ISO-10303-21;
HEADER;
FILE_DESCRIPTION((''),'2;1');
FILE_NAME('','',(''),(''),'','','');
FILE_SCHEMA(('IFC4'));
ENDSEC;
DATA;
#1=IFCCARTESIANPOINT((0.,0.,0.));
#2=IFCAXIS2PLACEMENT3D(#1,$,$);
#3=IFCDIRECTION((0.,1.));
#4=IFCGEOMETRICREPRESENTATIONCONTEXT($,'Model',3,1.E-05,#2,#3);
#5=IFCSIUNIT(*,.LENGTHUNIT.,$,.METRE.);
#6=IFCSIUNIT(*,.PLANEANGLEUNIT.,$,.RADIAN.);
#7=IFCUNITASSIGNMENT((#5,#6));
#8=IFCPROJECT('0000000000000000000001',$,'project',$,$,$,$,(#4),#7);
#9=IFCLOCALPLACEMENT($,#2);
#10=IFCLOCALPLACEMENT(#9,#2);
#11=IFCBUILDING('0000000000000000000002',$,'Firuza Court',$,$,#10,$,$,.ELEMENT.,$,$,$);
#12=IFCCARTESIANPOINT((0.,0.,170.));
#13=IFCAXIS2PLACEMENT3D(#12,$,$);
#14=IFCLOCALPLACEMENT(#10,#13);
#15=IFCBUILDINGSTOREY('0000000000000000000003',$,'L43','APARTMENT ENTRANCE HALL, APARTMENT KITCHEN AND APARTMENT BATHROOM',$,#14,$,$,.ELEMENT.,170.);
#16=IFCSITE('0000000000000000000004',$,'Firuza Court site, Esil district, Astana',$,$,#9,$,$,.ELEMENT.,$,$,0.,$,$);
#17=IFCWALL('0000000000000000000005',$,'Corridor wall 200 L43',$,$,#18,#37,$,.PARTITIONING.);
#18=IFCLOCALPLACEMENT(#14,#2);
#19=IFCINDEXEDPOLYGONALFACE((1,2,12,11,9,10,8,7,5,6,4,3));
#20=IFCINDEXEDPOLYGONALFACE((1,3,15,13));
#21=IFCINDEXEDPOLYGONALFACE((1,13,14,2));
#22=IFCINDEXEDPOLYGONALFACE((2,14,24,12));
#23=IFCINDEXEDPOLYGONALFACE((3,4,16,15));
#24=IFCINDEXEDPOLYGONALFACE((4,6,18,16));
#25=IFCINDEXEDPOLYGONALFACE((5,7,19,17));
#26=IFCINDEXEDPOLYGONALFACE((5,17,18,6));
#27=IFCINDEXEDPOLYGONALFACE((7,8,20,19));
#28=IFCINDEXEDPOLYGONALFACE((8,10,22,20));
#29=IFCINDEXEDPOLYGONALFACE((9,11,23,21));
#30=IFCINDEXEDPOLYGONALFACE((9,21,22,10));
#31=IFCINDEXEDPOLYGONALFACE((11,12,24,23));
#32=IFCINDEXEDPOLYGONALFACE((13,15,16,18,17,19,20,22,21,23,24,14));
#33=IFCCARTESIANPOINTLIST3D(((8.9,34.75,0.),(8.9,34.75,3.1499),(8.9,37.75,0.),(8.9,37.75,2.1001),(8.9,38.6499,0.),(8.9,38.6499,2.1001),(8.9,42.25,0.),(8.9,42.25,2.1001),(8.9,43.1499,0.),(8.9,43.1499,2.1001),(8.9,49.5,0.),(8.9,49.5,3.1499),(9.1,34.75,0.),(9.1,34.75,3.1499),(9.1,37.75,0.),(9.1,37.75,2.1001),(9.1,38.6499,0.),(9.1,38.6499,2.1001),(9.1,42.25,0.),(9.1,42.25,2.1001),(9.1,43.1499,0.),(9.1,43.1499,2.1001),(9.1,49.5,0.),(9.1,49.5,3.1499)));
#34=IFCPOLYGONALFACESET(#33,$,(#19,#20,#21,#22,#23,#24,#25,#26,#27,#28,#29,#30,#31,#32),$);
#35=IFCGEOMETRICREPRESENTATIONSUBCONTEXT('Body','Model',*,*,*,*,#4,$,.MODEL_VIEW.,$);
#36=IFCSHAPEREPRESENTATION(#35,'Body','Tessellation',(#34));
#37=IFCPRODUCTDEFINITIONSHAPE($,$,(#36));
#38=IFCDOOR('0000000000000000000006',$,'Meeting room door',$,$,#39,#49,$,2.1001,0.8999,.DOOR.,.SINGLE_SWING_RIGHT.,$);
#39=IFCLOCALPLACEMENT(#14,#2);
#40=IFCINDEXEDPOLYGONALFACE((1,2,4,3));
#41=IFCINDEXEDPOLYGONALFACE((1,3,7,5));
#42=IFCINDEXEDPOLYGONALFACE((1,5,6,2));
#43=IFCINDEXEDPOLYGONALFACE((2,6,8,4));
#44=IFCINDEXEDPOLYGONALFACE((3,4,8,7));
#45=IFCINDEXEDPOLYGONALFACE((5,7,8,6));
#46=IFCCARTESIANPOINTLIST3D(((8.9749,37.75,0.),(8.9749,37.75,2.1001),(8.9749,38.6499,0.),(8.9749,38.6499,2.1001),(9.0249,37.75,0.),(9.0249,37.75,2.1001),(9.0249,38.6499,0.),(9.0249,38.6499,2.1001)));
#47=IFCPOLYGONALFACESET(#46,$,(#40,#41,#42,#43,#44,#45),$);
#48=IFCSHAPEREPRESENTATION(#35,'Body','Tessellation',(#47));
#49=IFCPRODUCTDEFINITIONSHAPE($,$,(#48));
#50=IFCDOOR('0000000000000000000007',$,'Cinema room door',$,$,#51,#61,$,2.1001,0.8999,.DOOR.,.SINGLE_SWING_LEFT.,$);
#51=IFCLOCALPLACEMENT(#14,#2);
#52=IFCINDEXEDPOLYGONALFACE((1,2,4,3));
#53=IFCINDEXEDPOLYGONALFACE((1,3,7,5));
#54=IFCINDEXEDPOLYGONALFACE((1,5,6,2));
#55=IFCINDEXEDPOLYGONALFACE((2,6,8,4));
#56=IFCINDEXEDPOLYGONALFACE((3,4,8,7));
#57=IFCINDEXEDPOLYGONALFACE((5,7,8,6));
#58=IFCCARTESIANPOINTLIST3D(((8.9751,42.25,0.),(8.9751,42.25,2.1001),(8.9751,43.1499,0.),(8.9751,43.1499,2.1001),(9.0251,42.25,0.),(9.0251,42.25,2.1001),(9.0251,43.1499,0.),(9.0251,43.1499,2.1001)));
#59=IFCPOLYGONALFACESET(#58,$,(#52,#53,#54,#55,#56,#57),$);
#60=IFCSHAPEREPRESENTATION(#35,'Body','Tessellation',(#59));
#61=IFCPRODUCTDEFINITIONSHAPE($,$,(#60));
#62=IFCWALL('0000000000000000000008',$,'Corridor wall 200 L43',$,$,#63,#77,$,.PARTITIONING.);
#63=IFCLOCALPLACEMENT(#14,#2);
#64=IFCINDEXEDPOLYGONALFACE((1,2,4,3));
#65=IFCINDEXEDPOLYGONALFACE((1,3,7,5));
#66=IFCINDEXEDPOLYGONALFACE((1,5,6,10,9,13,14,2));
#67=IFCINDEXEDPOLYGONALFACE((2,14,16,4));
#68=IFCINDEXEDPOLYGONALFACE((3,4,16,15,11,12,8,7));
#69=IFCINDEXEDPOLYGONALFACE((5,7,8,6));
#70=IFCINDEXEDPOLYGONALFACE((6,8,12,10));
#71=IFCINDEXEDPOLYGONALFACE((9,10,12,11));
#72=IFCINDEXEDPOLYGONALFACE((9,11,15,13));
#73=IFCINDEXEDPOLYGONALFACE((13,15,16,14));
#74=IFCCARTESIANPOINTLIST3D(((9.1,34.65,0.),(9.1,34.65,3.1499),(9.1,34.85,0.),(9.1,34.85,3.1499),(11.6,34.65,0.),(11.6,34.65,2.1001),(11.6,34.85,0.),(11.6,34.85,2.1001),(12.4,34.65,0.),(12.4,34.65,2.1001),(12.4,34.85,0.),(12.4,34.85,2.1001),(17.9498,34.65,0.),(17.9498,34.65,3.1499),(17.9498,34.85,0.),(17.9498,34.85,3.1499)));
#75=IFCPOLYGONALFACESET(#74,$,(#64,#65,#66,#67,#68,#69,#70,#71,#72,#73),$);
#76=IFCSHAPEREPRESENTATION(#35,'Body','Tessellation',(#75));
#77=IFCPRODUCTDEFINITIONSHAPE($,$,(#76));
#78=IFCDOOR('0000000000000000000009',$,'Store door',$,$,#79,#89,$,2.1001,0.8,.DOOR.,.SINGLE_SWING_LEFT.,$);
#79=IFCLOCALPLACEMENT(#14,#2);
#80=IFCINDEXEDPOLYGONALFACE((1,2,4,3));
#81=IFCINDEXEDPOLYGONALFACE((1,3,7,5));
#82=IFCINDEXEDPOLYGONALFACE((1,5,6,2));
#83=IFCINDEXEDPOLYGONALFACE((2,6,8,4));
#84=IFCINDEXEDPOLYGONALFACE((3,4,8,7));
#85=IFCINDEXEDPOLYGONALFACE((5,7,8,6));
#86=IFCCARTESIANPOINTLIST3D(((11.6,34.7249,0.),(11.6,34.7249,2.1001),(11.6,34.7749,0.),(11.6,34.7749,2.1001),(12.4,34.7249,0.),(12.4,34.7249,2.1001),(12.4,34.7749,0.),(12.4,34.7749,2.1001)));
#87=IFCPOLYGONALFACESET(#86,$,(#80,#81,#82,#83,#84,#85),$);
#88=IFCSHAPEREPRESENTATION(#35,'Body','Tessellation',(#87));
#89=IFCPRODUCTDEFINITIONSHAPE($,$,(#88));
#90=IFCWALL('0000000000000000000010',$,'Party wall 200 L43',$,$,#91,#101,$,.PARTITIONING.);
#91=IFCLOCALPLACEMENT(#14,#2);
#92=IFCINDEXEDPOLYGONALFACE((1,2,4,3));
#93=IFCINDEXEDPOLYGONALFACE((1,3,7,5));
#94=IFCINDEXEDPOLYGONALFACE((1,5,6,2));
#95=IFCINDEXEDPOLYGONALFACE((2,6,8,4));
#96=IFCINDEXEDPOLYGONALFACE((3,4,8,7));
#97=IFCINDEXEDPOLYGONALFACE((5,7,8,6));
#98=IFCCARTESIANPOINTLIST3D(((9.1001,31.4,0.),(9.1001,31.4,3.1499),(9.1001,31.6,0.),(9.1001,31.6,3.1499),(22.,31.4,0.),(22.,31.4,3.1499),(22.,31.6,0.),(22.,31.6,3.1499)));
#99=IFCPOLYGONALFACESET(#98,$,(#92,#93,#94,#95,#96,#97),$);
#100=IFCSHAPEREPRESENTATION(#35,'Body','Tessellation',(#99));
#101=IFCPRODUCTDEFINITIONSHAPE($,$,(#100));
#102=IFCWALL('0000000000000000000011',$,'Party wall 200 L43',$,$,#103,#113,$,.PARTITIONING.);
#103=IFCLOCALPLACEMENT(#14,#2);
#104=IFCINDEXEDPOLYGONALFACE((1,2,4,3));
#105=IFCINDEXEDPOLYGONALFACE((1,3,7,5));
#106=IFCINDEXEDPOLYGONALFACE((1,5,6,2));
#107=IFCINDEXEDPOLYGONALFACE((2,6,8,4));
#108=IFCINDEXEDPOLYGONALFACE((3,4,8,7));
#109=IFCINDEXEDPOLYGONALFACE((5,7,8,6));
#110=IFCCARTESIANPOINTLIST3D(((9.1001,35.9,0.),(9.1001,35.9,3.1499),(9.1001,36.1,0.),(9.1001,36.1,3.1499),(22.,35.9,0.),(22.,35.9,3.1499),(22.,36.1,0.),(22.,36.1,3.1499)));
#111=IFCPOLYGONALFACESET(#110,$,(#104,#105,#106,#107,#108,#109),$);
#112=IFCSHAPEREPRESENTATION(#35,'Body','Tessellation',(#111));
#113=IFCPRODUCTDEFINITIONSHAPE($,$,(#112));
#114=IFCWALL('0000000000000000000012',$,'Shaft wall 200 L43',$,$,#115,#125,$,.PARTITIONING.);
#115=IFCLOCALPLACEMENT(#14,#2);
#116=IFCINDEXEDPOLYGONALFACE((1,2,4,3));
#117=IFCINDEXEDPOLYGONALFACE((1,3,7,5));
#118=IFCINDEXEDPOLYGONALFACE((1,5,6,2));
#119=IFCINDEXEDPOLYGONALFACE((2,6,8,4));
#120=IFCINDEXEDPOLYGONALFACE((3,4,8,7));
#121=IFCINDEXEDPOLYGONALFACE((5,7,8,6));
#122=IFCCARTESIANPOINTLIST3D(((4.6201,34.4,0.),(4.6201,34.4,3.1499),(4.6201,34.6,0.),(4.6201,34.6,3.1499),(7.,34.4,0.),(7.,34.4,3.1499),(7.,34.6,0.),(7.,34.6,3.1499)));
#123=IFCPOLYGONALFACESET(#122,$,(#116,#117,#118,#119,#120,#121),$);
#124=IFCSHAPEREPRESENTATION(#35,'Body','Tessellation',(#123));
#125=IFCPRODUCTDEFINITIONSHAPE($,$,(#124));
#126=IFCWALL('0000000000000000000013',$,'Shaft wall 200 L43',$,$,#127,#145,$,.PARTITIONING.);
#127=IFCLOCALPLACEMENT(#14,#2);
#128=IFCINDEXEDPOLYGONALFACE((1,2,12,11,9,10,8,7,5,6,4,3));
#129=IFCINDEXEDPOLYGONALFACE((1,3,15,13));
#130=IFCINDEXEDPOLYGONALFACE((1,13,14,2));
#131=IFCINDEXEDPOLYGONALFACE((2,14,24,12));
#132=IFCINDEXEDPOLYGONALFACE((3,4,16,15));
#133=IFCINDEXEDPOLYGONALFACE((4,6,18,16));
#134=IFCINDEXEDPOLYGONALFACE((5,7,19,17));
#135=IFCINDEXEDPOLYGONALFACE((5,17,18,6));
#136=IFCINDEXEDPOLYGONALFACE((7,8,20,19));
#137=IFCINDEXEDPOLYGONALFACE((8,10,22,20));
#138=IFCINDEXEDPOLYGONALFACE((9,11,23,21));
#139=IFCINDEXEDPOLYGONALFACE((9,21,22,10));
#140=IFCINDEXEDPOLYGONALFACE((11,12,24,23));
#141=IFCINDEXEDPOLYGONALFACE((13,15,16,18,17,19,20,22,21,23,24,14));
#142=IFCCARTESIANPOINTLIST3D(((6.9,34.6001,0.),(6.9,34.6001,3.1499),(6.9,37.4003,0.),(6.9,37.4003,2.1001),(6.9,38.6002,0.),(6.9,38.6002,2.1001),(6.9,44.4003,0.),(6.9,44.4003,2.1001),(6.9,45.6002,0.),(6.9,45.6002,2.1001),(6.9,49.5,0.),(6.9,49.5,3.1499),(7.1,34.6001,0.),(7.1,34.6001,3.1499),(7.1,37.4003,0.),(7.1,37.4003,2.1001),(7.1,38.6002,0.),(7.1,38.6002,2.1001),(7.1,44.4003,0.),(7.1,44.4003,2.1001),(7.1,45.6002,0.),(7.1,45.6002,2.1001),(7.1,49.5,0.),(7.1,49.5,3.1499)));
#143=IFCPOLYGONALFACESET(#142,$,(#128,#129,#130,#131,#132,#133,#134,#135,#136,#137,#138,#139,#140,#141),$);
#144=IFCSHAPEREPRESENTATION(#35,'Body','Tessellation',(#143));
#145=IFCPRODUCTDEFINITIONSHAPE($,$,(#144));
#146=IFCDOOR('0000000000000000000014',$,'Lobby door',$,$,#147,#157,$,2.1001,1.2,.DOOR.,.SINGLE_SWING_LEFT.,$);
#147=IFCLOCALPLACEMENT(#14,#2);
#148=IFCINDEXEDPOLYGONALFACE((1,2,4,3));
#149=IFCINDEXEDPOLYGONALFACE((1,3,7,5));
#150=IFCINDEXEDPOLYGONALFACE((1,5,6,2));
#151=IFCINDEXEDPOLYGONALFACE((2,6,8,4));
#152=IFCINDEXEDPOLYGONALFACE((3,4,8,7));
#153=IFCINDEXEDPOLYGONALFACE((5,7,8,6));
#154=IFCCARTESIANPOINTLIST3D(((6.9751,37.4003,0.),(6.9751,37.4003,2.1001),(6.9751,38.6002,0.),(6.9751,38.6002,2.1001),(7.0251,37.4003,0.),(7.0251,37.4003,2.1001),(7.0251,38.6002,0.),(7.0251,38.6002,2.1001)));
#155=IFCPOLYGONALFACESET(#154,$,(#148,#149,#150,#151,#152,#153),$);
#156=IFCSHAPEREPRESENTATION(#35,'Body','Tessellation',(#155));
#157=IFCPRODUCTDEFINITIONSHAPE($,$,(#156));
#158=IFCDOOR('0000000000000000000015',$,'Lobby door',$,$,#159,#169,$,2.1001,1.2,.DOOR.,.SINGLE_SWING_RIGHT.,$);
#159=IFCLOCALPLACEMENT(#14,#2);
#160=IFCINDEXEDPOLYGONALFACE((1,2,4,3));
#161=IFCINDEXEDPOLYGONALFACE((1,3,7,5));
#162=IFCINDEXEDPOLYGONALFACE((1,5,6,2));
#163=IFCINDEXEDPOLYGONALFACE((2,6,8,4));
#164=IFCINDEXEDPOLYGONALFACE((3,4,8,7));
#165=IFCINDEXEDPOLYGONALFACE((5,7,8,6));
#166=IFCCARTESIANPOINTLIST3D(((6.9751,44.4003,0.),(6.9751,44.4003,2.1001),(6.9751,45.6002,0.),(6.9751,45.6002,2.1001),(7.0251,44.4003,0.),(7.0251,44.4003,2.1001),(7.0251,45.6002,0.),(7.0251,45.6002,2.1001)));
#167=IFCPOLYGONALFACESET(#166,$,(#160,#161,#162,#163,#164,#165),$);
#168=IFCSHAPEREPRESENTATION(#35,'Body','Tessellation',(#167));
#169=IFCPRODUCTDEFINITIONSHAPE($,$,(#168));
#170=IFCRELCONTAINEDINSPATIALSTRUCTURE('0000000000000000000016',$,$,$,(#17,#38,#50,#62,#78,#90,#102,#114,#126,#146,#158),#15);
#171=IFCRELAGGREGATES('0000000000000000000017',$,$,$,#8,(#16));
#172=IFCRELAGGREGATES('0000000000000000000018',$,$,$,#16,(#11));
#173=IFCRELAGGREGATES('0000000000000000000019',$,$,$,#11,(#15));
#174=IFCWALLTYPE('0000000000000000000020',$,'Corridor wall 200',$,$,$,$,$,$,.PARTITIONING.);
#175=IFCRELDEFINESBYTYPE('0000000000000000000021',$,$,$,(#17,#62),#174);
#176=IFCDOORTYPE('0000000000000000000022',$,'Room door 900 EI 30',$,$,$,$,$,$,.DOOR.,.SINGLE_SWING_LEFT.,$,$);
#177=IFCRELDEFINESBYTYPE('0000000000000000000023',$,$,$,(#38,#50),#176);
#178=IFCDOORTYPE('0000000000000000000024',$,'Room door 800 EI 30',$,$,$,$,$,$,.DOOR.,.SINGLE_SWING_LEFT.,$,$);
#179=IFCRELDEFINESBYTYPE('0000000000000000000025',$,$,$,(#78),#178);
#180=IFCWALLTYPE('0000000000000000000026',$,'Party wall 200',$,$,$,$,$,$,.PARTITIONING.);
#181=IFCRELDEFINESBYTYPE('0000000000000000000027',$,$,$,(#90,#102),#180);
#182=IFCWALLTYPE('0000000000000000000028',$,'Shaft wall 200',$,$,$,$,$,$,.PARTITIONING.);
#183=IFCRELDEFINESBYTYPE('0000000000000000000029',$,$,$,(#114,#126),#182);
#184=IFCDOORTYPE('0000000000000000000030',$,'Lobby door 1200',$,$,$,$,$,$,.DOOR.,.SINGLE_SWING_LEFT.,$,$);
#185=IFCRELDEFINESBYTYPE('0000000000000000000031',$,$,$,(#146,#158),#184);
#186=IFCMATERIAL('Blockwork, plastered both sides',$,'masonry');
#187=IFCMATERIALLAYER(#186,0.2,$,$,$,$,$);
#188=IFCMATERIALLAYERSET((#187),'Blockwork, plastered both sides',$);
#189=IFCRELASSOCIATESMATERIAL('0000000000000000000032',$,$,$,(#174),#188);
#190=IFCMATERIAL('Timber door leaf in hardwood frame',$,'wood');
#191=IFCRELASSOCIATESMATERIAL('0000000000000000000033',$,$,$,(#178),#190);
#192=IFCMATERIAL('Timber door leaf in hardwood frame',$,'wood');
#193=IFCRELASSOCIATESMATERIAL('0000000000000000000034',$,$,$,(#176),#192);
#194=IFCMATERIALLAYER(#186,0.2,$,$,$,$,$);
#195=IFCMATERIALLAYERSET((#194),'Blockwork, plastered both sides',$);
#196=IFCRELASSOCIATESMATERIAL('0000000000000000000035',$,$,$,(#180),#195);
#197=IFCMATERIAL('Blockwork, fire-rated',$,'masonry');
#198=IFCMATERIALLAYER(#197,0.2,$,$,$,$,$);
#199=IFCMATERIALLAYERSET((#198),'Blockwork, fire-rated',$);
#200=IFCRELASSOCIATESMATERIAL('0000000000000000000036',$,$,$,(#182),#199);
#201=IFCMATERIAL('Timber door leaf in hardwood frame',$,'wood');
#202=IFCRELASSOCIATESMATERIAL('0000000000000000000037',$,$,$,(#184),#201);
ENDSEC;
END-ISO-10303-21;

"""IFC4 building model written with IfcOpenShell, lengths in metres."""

from ifc_helpers import new_model, si_unit, direction, frame, frame_2d, origin, place, context, subcontext, project, spatial, rectangle, extrude, material, layer, layer_set, type_object, element, fill, save


model = new_model("IFC4")

# Units and contexts
model_context = context("Model", 3, precision=1e-05, world=origin(), true_north=direction((0.0, 1.0)))
body_context = subcontext(model_context, "Body", "Model", "MODEL_VIEW")
ifc_project = project(units=[si_unit("LENGTHUNIT", "METRE"), si_unit("PLANEANGLEUNIT", "RADIAN")], contexts=[model_context])

# Site, building, storey
site_placement = place(None, origin())
site = spatial("IfcSite", under=ifc_project, at=site_placement, Name="Firuza Court site, Esil district, Astana", CompositionType="ELEMENT", RefElevation=0.0)
building_placement = place(site_placement, origin())
building = spatial("IfcBuilding", under=site, at=building_placement, Name="Firuza Court", CompositionType="ELEMENT")
storey_placement = place(building_placement, frame((0.0, 0.0, 170.0)))
storey = spatial("IfcBuildingStorey", under=building, at=storey_placement, Name="L43", Description="APARTMENT ENTRANCE HALL, APARTMENT KITCHEN AND APARTMENT BATHROOM", CompositionType="ELEMENT", Elevation=170.0)

# Shared definitions
ifc_material_1 = material(Name="Blockwork, plastered both sides", Category="masonry")
ifc_layer_1 = layer(ifc_material_1, 0.2)
ifc_layer_set_1 = layer_set([ifc_layer_1], Name="Blockwork, plastered both sides")
wall_type_1 = type_object("IfcWallType", Name="Corridor wall 200", PredefinedType="PARTITIONING", material=ifc_layer_set_1)
ifc_material_2 = material(Name="Timber door leaf in hardwood frame", Category="wood")
door_type_1 = type_object("IfcDoorType", Name="Room door 800 EI 30", OperationType="SINGLE_SWING_LEFT", PredefinedType="DOOR", material=ifc_material_2)

# Wall, openings, doors
wall_1_placement = place(storey_placement, frame((9.0, 34.75, 0.0), z_axis=(0.0, 0.0, 1.0), x_axis=(0.0, 1.0, 0.0)))
wall_1 = element("IfcWall", 1, at=wall_1_placement, inside=storey, type_object=wall_type_1, Name="Corridor wall 200 L43", PredefinedType="PARTITIONING", context=body_context, shape_type="SweptSolid", body=[
    extrude(rectangle(XDim=14.75, YDim=0.2, at=frame_2d((7.375, 0.0))), origin(), (0.0, 0.0, 1.0), 3.1499),
])
opening_1_placement = place(wall_1_placement, frame((3.0, 0.0, 0.0)))
opening_1 = element("IfcOpeningElement", 2, at=opening_1_placement, cuts=wall_1, PredefinedType="OPENING", context=body_context, shape_type="SweptSolid", body=[
    extrude(rectangle(XDim=0.8999, YDim=2.1001, at=frame_2d((0.45, 1.05))), frame((0.0, 0.1118, 0.0), z_axis=(0.0, -1.0, 0.0), x_axis=(1.0, 0.0, 0.0)), (0.0, 0.0, 1.0), 0.2239),
])
opening_2_placement = place(wall_1_placement, frame((7.5, 0.0, 0.0)))
opening_2 = element("IfcOpeningElement", 3, at=opening_2_placement, cuts=wall_1, PredefinedType="OPENING", context=body_context, shape_type="SweptSolid", body=[
    extrude(rectangle(XDim=0.8999, YDim=2.1001, at=frame_2d((0.45, 1.05))), frame((0.0, 0.1118, 0.0), z_axis=(0.0, -1.0, 0.0), x_axis=(1.0, 0.0, 0.0)), (0.0, 0.0, 1.0), 0.2239),
])
ifc_material_3 = material(Name="Timber door leaf in hardwood frame", Category="wood")
door_type_2 = type_object("IfcDoorType", Name="Room door 900 EI 30", OperationType="SINGLE_SWING_LEFT", PredefinedType="DOOR", material=ifc_material_3)
door_1_placement = place(opening_1_placement, frame((0.8999, 0.0, 0.0), z_axis=(0.0, 0.0, 1.0), x_axis=(-1.0, 0.0, 0.0)))
door_1 = element("IfcDoor", 4, at=door_1_placement, inside=storey, type_object=door_type_2, Name="Meeting room door", OperationType="SINGLE_SWING_RIGHT", OverallHeight=2.1001, OverallWidth=0.8999, PredefinedType="DOOR", context=body_context, shape_type="SweptSolid", body=[
    extrude(rectangle(XDim=0.8999, YDim=2.1001, at=frame_2d((0.45, 1.05))), frame((0.0, 0.0249, 0.0), z_axis=(0.0, -1.0, 0.0), x_axis=(1.0, 0.0, 0.0)), (0.0, 0.0, 1.0), 0.05),
])
fill(opening_1, door_1)
door_2_placement = place(opening_2_placement, origin())
door_2 = element("IfcDoor", 5, at=door_2_placement, inside=storey, type_object=door_type_2, Name="Cinema room door", OperationType="SINGLE_SWING_LEFT", OverallHeight=2.1001, OverallWidth=0.8999, PredefinedType="DOOR", context=body_context, shape_type="SweptSolid", body=[
    extrude(rectangle(XDim=0.8999, YDim=2.1001, at=frame_2d((0.45, 1.05))), frame((0.0, 0.0249, 0.0), z_axis=(0.0, -1.0, 0.0), x_axis=(1.0, 0.0, 0.0)), (0.0, 0.0, 1.0), 0.05),
])
fill(opening_2, door_2)

# Wall, opening, door
wall_2_placement = place(storey_placement, frame((9.1001, 34.75, 0.0), z_axis=(0.0, 0.0, 1.0), x_axis=(1.0, 0.0, 0.0)))
wall_2 = element("IfcWall", 6, at=wall_2_placement, inside=storey, type_object=wall_type_1, Name="Corridor wall 200 L43", PredefinedType="PARTITIONING", context=body_context, shape_type="SweptSolid", body=[
    extrude(rectangle(XDim=8.8499, YDim=0.2, at=frame_2d((4.4248, 0.0))), origin(), (0.0, 0.0, 1.0), 3.1499),
])
opening_3_placement = place(wall_2_placement, frame((2.5, 0.0, 0.0)))
opening_3 = element("IfcOpeningElement", 7, at=opening_3_placement, cuts=wall_2, PredefinedType="OPENING", context=body_context, shape_type="SweptSolid", body=[
    extrude(rectangle(XDim=0.8, YDim=2.1001, at=frame_2d((0.3999, 1.05))), frame((0.0, 0.1118, 0.0), z_axis=(0.0, -1.0, 0.0), x_axis=(1.0, 0.0, 0.0)), (0.0, 0.0, 1.0), 0.2239),
])
door_3_placement = place(opening_3_placement, origin())
door_3 = element("IfcDoor", 8, at=door_3_placement, inside=storey, type_object=door_type_1, Name="Store door", OperationType="SINGLE_SWING_LEFT", OverallHeight=2.1001, OverallWidth=0.8, PredefinedType="DOOR", context=body_context, shape_type="SweptSolid", body=[
    extrude(rectangle(XDim=0.8, YDim=2.1001, at=frame_2d((0.3999, 1.05))), frame((0.0, 0.0249, 0.0), z_axis=(0.0, -1.0, 0.0), x_axis=(1.0, 0.0, 0.0)), (0.0, 0.0, 1.0), 0.05),
])
fill(opening_3, door_3)

# Walls
ifc_layer_2 = layer(ifc_material_1, 0.2)
ifc_layer_set_2 = layer_set([ifc_layer_2], Name="Blockwork, plastered both sides")
wall_type_2 = type_object("IfcWallType", Name="Party wall 200", PredefinedType="PARTITIONING", material=ifc_layer_set_2)
for number, where, z_axis, x_axis, name in (
    (9, (9.1001, 31.5, 0.0), (0.0, 0.0, 1.0), (1.0, 0.0, 0.0), "Party wall 200 L43"),
    (10, (9.1001, 36.0, 0.0), (0.0, 0.0, 1.0), (1.0, 0.0, 0.0), "Party wall 200 L43"),
):
    element("IfcWall", number, at=place(storey_placement, frame(where, z_axis=z_axis, x_axis=x_axis)), inside=storey, type_object=wall_type_2, Name=name, PredefinedType="PARTITIONING", context=body_context, shape_type="SweptSolid", body=[
        extrude(rectangle(XDim=12.8999, YDim=0.2, at=frame_2d((6.45, 0.0))), origin(), (0.0, 0.0, 1.0), 3.1499),
    ])
ifc_material_4 = material(Name="Blockwork, fire-rated", Category="masonry")
ifc_layer_3 = layer(ifc_material_4, 0.2)
ifc_layer_set_3 = layer_set([ifc_layer_3], Name="Blockwork, fire-rated")
wall_type_3 = type_object("IfcWallType", Name="Shaft wall 200", PredefinedType="PARTITIONING", material=ifc_layer_set_3)
wall_3_placement = place(storey_placement, frame((4.6201, 34.5, 0.0), z_axis=(0.0, 0.0, 1.0), x_axis=(1.0, 0.0, 0.0)))
element("IfcWall", 11, at=wall_3_placement, inside=storey, type_object=wall_type_3, Name="Shaft wall 200 L43", PredefinedType="PARTITIONING", context=body_context, shape_type="SweptSolid", body=[
    extrude(rectangle(XDim=2.3799, YDim=0.2, at=frame_2d((1.1899, 0.0))), origin(), (0.0, 0.0, 1.0), 3.1499),
])

# Wall, openings, doors
wall_4_placement = place(storey_placement, frame((7.0, 34.6001, 0.0), z_axis=(0.0, 0.0, 1.0), x_axis=(0.0, 1.0, 0.0)))
wall_4 = element("IfcWall", 12, at=wall_4_placement, inside=storey, type_object=wall_type_3, Name="Shaft wall 200 L43", PredefinedType="PARTITIONING", context=body_context, shape_type="SweptSolid", body=[
    extrude(rectangle(XDim=14.8999, YDim=0.2, at=frame_2d((7.45, 0.0))), origin(), (0.0, 0.0, 1.0), 3.1499),
])
opening_4_placement = place(wall_4_placement, frame((2.8, 0.0, 0.0)))
opening_4 = element("IfcOpeningElement", 13, at=opening_4_placement, cuts=wall_4, PredefinedType="OPENING", context=body_context, shape_type="SweptSolid", body=[
    extrude(rectangle(XDim=1.2, YDim=2.1001, at=frame_2d((0.6001, 1.05))), frame((0.0, 0.1118, 0.0), z_axis=(0.0, -1.0, 0.0), x_axis=(1.0, 0.0, 0.0)), (0.0, 0.0, 1.0), 0.2239),
])
opening_5_placement = place(wall_4_placement, frame((9.8, 0.0, 0.0)))
opening_5 = element("IfcOpeningElement", 14, at=opening_5_placement, cuts=wall_4, PredefinedType="OPENING", context=body_context, shape_type="SweptSolid", body=[
    extrude(rectangle(XDim=1.2, YDim=2.1001, at=frame_2d((0.6001, 1.05))), frame((0.0, 0.1118, 0.0), z_axis=(0.0, -1.0, 0.0), x_axis=(1.0, 0.0, 0.0)), (0.0, 0.0, 1.0), 0.2239),
])
ifc_material_5 = material(Name="Timber door leaf in hardwood frame", Category="wood")
door_type_3 = type_object("IfcDoorType", Name="Lobby door 1200", OperationType="SINGLE_SWING_LEFT", PredefinedType="DOOR", material=ifc_material_5)
door_4_placement = place(opening_4_placement, origin())
door_4 = element("IfcDoor", 15, at=door_4_placement, inside=storey, type_object=door_type_3, Name="Lobby door", OperationType="SINGLE_SWING_LEFT", OverallHeight=2.1001, OverallWidth=1.2, PredefinedType="DOOR", context=body_context, shape_type="SweptSolid", body=[
    extrude(rectangle(XDim=1.2, YDim=2.1001, at=frame_2d((0.6001, 1.05))), frame((0.0, 0.0249, 0.0), z_axis=(0.0, -1.0, 0.0), x_axis=(1.0, 0.0, 0.0)), (0.0, 0.0, 1.0), 0.05),
])
fill(opening_4, door_4)
door_5_placement = place(opening_5_placement, origin())
door_5 = element("IfcDoor", 16, at=door_5_placement, inside=storey, type_object=door_type_3, Name="Lobby door", OperationType="SINGLE_SWING_RIGHT", OverallHeight=2.1001, OverallWidth=1.2, PredefinedType="DOOR", context=body_context, shape_type="SweptSolid", body=[
    extrude(rectangle(XDim=1.2, YDim=2.1001, at=frame_2d((0.6001, 1.05))), frame((0.0, 0.0249, 0.0), z_axis=(0.0, -1.0, 0.0), x_axis=(1.0, 0.0, 0.0)), (0.0, 0.0, 1.0), 0.05),
])
fill(opening_5, door_5)

save(model, "model.ifc")
